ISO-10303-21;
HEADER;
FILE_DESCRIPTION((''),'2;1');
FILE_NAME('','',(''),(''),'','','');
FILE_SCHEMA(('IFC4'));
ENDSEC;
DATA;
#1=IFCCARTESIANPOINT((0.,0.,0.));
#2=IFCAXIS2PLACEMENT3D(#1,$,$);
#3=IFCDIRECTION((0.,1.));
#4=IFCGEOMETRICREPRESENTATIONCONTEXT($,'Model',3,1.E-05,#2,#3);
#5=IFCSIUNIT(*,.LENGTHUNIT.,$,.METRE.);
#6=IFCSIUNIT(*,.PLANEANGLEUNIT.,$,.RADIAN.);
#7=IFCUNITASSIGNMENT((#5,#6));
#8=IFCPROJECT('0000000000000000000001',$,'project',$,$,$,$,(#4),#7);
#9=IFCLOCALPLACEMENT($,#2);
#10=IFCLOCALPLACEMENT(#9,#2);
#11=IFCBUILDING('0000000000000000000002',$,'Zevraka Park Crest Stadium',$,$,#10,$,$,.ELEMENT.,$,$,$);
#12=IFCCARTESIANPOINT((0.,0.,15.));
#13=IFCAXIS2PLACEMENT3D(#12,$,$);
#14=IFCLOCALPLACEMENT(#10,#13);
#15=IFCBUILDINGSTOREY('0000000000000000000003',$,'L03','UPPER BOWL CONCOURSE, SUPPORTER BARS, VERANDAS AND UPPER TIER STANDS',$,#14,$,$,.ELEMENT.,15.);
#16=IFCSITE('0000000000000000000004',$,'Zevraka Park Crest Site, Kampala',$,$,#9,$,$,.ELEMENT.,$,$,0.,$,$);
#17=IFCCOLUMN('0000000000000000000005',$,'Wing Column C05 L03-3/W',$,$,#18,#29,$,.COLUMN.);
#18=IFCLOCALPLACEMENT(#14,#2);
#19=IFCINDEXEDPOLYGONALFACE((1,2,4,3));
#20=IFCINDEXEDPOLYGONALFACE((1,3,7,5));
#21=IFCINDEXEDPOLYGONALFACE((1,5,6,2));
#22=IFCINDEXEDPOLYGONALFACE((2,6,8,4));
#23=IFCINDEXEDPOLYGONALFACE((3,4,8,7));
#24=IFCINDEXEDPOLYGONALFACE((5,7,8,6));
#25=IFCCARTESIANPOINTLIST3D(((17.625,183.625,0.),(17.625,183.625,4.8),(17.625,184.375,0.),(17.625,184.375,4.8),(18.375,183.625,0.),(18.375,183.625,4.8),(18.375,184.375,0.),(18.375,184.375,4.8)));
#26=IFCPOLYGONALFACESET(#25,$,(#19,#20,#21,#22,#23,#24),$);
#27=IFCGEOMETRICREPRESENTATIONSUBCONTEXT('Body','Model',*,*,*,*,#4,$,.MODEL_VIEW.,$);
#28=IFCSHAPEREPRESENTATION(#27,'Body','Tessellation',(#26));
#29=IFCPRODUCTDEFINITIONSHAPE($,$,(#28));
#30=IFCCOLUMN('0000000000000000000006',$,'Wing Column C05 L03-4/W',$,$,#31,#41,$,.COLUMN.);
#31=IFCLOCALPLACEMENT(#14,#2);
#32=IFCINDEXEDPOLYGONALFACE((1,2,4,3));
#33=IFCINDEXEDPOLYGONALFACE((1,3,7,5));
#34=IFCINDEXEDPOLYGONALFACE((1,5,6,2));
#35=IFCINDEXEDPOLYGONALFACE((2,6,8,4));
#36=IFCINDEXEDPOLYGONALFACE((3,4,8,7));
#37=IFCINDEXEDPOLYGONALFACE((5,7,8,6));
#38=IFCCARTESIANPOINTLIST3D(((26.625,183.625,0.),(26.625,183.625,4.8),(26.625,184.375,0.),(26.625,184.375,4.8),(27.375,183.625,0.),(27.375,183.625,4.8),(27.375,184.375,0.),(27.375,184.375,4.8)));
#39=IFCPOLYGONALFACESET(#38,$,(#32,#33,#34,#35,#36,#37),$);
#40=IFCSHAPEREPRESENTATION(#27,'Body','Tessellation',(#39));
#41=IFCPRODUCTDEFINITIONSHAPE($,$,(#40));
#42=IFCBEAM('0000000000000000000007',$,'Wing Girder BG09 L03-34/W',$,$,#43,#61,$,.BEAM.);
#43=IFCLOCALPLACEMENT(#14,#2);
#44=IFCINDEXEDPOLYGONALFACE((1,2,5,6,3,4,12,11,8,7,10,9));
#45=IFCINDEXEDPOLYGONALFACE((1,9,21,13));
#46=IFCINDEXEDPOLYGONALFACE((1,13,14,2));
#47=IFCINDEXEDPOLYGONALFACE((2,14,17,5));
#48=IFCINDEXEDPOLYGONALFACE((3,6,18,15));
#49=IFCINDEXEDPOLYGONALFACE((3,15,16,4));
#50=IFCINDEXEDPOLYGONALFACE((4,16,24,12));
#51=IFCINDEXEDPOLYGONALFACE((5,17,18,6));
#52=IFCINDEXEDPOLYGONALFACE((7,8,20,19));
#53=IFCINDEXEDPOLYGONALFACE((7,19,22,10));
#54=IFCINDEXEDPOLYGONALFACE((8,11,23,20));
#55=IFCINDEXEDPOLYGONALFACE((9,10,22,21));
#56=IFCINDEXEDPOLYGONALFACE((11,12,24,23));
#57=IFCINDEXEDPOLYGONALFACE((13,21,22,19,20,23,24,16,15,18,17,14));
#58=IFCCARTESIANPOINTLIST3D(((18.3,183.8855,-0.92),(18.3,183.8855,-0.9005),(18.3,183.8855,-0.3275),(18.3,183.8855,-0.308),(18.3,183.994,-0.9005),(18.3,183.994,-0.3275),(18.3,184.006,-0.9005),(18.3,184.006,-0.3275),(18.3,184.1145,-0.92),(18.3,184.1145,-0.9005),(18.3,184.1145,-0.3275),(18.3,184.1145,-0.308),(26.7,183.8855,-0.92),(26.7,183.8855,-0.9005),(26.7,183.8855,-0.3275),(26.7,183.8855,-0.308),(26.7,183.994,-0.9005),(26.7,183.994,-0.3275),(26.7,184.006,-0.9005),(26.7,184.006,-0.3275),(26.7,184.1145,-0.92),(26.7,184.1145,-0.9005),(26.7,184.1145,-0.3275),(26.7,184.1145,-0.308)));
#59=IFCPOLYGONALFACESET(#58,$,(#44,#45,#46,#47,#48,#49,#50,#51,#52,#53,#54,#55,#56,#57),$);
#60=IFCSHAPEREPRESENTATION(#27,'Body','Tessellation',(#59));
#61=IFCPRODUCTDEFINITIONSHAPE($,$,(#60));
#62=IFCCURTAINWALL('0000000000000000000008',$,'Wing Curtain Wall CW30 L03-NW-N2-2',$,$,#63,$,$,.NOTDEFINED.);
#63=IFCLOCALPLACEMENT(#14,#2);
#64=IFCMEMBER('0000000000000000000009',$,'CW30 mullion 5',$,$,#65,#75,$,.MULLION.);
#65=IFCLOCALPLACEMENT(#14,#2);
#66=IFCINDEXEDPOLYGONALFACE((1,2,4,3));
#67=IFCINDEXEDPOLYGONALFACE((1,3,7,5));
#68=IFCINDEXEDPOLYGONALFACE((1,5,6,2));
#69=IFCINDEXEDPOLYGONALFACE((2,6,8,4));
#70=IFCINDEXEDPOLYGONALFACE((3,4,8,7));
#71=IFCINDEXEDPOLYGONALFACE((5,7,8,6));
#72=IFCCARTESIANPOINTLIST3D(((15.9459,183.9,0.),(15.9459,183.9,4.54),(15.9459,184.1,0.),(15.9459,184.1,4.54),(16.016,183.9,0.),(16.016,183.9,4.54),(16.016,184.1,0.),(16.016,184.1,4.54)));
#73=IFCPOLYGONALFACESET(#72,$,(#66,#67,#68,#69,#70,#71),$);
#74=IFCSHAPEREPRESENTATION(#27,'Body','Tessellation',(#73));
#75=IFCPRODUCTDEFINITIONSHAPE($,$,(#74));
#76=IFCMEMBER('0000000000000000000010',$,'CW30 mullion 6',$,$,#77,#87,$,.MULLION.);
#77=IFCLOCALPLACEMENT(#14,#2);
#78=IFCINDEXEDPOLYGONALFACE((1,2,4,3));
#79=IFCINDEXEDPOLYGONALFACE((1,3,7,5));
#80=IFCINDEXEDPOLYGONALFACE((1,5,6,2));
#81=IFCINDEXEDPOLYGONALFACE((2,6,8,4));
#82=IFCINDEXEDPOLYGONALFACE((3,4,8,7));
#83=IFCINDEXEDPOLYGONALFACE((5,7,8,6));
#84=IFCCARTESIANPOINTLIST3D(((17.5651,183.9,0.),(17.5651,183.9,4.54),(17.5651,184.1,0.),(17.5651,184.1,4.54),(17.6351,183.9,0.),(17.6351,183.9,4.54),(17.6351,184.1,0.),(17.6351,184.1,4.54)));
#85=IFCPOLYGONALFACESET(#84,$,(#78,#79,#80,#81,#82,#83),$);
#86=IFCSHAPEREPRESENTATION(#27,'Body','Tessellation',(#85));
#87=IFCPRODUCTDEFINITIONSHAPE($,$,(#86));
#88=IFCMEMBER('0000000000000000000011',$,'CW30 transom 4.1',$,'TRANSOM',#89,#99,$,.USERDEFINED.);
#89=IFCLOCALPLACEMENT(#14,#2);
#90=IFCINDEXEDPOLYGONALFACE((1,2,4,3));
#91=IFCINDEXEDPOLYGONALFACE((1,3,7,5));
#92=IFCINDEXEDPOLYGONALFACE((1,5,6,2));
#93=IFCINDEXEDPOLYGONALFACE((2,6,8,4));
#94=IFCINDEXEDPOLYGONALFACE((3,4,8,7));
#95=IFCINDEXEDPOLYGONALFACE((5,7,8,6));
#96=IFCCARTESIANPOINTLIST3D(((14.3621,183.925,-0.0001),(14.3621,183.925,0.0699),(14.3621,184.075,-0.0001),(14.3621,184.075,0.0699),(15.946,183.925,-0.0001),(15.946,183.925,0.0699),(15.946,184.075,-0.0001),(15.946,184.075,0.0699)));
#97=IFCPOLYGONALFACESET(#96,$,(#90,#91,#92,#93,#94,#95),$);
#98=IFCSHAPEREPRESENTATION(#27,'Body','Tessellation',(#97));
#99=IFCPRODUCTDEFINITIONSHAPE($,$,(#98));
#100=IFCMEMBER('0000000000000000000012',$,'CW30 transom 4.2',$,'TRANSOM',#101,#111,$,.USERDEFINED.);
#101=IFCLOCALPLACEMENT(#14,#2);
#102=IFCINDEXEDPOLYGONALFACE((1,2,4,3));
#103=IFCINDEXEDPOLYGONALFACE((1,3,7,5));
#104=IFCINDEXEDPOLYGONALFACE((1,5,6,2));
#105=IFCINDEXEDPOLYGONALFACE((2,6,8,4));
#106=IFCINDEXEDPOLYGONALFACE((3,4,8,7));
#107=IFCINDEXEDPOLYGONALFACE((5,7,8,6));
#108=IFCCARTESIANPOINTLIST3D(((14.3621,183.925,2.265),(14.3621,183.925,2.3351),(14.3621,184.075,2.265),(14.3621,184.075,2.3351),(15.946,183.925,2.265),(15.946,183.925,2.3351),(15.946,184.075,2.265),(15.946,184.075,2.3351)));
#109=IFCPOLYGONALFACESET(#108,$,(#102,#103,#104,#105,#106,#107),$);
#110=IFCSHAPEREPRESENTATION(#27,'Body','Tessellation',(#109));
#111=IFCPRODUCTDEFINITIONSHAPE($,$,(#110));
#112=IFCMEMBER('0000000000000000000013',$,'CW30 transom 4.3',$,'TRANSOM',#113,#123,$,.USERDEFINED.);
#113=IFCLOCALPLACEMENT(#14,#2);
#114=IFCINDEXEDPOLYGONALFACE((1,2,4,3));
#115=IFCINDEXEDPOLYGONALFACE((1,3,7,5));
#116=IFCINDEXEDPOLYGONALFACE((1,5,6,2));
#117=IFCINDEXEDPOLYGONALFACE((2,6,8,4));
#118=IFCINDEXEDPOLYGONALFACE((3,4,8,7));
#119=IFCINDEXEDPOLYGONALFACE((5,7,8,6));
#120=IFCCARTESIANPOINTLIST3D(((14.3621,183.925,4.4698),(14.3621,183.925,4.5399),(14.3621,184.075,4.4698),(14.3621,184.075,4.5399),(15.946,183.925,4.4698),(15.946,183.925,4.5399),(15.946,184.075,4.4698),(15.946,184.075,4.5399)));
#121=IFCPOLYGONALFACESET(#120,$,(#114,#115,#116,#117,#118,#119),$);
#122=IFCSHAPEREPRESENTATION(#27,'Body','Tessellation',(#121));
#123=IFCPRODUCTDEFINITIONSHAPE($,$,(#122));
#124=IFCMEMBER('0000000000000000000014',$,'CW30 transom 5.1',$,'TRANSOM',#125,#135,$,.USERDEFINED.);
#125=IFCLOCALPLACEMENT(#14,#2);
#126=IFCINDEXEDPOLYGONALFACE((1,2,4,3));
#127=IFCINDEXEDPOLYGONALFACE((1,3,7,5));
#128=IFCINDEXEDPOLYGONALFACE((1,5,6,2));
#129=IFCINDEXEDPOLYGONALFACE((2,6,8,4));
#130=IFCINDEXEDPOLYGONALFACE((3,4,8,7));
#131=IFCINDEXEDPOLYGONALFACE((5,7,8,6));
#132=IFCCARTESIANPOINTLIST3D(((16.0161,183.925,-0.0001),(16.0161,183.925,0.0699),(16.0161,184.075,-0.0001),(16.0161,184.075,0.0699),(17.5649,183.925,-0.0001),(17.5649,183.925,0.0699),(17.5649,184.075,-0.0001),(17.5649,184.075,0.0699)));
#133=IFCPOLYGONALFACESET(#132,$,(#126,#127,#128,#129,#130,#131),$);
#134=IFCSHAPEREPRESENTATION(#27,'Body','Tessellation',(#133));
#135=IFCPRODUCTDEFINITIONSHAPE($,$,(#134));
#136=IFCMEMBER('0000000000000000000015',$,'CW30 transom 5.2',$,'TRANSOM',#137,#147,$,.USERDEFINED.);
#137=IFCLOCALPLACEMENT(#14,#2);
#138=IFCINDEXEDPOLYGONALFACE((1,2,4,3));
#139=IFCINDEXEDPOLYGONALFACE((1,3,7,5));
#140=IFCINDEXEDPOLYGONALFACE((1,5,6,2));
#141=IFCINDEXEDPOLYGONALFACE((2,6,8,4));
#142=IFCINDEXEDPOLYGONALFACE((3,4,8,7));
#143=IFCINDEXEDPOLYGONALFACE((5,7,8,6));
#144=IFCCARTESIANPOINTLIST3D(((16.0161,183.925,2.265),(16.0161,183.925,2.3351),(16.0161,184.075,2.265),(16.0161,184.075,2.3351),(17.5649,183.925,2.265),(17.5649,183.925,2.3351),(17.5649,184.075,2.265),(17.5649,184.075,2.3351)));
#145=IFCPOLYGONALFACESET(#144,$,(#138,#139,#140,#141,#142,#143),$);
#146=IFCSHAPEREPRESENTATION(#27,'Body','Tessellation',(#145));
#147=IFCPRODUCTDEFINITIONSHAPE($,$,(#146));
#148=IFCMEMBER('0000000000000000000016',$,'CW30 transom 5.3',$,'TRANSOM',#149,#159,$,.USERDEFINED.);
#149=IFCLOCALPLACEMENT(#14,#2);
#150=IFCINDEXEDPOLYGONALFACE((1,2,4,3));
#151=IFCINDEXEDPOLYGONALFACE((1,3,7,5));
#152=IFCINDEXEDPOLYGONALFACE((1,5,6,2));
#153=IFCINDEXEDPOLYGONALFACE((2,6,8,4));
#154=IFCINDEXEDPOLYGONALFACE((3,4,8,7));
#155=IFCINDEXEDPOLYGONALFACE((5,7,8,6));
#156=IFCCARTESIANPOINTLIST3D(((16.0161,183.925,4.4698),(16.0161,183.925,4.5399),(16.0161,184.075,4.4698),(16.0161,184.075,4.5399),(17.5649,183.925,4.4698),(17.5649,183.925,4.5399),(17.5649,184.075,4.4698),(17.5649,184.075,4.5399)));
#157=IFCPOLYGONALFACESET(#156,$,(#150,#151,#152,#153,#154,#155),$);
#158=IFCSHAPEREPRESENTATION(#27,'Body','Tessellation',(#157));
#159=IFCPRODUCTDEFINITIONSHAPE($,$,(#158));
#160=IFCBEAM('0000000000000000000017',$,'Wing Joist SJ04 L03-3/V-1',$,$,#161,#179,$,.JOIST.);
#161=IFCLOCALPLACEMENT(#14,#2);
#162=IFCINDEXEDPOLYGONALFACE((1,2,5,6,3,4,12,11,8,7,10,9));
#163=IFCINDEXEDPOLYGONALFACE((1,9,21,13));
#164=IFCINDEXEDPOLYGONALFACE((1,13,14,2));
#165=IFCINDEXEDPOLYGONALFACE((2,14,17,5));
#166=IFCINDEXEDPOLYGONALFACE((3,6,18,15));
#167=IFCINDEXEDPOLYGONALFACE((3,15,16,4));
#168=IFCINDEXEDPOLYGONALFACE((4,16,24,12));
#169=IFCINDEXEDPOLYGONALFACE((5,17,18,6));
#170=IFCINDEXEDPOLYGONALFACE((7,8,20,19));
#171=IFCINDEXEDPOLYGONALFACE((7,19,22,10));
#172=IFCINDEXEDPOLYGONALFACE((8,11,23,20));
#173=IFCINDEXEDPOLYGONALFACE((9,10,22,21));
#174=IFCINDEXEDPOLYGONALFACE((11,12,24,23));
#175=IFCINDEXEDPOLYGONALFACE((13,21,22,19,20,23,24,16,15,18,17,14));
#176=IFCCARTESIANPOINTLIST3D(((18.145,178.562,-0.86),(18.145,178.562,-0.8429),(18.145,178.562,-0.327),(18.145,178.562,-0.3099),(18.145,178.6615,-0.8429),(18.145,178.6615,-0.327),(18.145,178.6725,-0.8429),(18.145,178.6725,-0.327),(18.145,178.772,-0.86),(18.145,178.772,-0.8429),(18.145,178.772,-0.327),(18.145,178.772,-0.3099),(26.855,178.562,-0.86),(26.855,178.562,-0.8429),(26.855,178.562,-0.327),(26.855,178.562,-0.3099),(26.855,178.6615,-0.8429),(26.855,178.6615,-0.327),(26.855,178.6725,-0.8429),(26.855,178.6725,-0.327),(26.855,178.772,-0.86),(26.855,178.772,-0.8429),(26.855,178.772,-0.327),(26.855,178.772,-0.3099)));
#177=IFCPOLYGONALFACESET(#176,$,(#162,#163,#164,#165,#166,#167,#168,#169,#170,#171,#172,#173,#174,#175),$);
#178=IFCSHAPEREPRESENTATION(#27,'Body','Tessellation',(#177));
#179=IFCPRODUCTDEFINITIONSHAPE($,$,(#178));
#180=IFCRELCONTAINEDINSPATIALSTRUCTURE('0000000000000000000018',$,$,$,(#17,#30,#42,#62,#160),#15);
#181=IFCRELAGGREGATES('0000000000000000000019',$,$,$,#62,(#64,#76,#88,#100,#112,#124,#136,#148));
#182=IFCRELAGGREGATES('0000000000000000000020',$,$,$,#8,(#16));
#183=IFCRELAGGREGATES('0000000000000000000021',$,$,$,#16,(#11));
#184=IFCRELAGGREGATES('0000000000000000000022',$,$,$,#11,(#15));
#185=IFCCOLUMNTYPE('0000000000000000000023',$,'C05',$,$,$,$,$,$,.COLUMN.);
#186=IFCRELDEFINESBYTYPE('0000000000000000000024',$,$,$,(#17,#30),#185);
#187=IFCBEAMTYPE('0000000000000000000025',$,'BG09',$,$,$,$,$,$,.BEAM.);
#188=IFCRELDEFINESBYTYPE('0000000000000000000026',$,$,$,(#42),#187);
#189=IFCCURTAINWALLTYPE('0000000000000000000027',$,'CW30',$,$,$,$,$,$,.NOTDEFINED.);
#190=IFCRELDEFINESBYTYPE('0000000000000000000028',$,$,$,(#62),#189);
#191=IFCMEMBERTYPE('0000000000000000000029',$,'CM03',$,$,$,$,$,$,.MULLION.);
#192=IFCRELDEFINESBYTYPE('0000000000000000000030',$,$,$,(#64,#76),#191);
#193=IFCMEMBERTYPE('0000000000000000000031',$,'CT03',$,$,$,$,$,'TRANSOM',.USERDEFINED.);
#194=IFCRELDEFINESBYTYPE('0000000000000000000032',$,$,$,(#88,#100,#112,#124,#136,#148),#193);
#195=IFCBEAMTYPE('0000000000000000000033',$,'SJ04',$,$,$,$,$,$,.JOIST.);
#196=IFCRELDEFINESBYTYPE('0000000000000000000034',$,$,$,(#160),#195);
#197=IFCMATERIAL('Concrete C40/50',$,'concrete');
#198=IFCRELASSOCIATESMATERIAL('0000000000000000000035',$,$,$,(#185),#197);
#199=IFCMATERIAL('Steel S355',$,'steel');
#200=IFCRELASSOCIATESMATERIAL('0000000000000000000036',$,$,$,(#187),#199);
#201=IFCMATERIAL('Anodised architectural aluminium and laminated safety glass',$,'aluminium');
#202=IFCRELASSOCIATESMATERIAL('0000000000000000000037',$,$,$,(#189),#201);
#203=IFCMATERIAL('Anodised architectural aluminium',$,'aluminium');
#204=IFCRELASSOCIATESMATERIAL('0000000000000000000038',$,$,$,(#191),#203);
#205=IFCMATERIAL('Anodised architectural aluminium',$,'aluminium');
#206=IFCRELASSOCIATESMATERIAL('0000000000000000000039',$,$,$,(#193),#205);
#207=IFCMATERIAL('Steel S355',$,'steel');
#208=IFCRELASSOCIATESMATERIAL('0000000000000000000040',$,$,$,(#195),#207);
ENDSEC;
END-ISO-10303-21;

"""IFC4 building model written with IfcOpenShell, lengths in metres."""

from ifc_helpers import new_model, si_unit, direction, frame, origin, origin_2d, place, context, subcontext, project, spatial, rectangle, i_section, extrude, material, material_profile, profile_set, type_object, element, aggregate, save


model = new_model("IFC4")

# Units and contexts
model_context = context("Model", 3, precision=1e-05, world=origin(), true_north=direction((0.0, 1.0)))
body_context = subcontext(model_context, "Body", "Model", "MODEL_VIEW")
ifc_project = project(units=[si_unit("LENGTHUNIT", "METRE"), si_unit("PLANEANGLEUNIT", "RADIAN")], contexts=[model_context])

# Site, building, storey
site_placement = place(None, origin())
site = spatial("IfcSite", under=ifc_project, at=site_placement, Name="Zevraka Park Crest Site, Kampala", CompositionType="ELEMENT", RefElevation=0.0)
building_placement = place(site_placement, origin())
building = spatial("IfcBuilding", under=site, at=building_placement, Name="Zevraka Park Crest Stadium", CompositionType="ELEMENT")
storey_placement = place(building_placement, frame((0.0, 0.0, 15.0)))
storey = spatial("IfcBuildingStorey", under=building, at=storey_placement, Name="L03", Description="UPPER BOWL CONCOURSE, SUPPORTER BARS, VERANDAS AND UPPER TIER STANDS", CompositionType="ELEMENT", Elevation=15.0)

# Columns
ifc_material_1 = material(Name="Concrete C40/50", Category="concrete")
ifc_material_profile_1 = material_profile(ifc_material_1, rectangle(XDim=0.75, YDim=0.75, at=origin_2d()), Name="RC 750x750")
ifc_profile_set_1 = profile_set([ifc_material_profile_1], Name="Concrete C40/50")
column_type = type_object("IfcColumnType", Name="C05", PredefinedType="COLUMN", material=ifc_profile_set_1)
for number, where, z_axis, x_axis, name in (
    (1, (18.0, 184.0, 0.0), (0.0, 0.0, 1.0), (1.0, 0.0, 0.0), "Wing Column C05 L03-3/W"),
    (2, (27.0, 184.0, 0.0), (0.0, 0.0, 1.0), (1.0, 0.0, 0.0), "Wing Column C05 L03-4/W"),
):
    element("IfcColumn", number, at=place(storey_placement, frame(where, z_axis=z_axis, x_axis=x_axis)), inside=storey, type_object=column_type, Name=name, PredefinedType="COLUMN", context=body_context, shape_type="SweptSolid", body=[
        extrude(rectangle(XDim=0.75, YDim=0.75, at=origin_2d()), origin(), (0.0, 0.0, 1.0), 4.8),
    ])

# Beam
ifc_material_2 = material(Name="Steel S355", Category="steel")
ifc_material_profile_2 = material_profile(ifc_material_2, i_section(OverallWidth=0.229, OverallDepth=0.6121, WebThickness=0.012, FlangeThickness=0.0195, at=origin_2d()), Name="UKB 610x229x125")
ifc_profile_set_2 = profile_set([ifc_material_profile_2], Name="Steel S355")
beam_type_1 = type_object("IfcBeamType", Name="BG09", PredefinedType="BEAM", material=ifc_profile_set_2)
beam_placement = place(storey_placement, frame((18.3, 184.0, -0.614), z_axis=(1.0, 0.0, 0.0), x_axis=(0.0, 1.0, 0.0)))
element("IfcBeam", 3, at=beam_placement, inside=storey, type_object=beam_type_1, Name="Wing Girder BG09 L03-34/W", PredefinedType="BEAM", context=body_context, shape_type="SweptSolid", body=[
    extrude(i_section(OverallWidth=0.229, OverallDepth=0.6121, WebThickness=0.012, FlangeThickness=0.0195, at=origin_2d()), origin(), (0.0, 0.0, 1.0), 8.3999),
])

# Curtain wall, members
ifc_material_3 = material(Name="Anodised architectural aluminium and laminated safety glass", Category="aluminium")
curtain_wall_type = type_object("IfcCurtainWallType", Name="CW30", PredefinedType="NOTDEFINED", material=ifc_material_3)
curtain_wall_placement = place(storey_placement, origin())
curtain_wall = element("IfcCurtainWall", 4, at=curtain_wall_placement, inside=storey, type_object=curtain_wall_type, Name="Wing Curtain Wall CW30 L03-NW-N2-2", PredefinedType="NOTDEFINED")
ifc_material_4 = material(Name="Anodised architectural aluminium", Category="aluminium")
ifc_material_profile_3 = material_profile(ifc_material_4, rectangle(XDim=0.2, YDim=0.0701, at=origin_2d()), Name="ALU MULLION 200x70")
ifc_profile_set_3 = profile_set([ifc_material_profile_3], Name="Anodised architectural aluminium")
member_type_1 = type_object("IfcMemberType", Name="CM03", PredefinedType="MULLION", material=ifc_profile_set_3)
member_1_placement = place(storey_placement, frame((15.981, 184.0, 0.0), z_axis=(0.0, 0.0, 1.0), x_axis=(0.0, 1.0, 0.0)))
member_1 = element("IfcMember", 5, at=member_1_placement, type_object=member_type_1, Name="CW30 mullion 5", PredefinedType="MULLION", context=body_context, shape_type="SweptSolid", body=[
    extrude(rectangle(XDim=0.2, YDim=0.0701, at=origin_2d()), origin(), (0.0, 0.0, 1.0), 4.54),
])
member_2_placement = place(storey_placement, frame((17.6001, 184.0, 0.0), z_axis=(0.0, 0.0, 1.0), x_axis=(0.0, 1.0, 0.0)))
member_2 = element("IfcMember", 6, at=member_2_placement, type_object=member_type_1, Name="CW30 mullion 6", PredefinedType="MULLION", context=body_context, shape_type="SweptSolid", body=[
    extrude(rectangle(XDim=0.2, YDim=0.0701, at=origin_2d()), origin(), (0.0, 0.0, 1.0), 4.54),
])
ifc_material_5 = material(Name="Anodised architectural aluminium", Category="aluminium")
ifc_material_profile_4 = material_profile(ifc_material_5, rectangle(XDim=0.1499, YDim=0.0701, at=origin_2d()), Name="ALU TRANSOM 150x70")
ifc_profile_set_4 = profile_set([ifc_material_profile_4], Name="Anodised architectural aluminium")
member_type_2 = type_object("IfcMemberType", Name="CT03", ElementType="TRANSOM", PredefinedType="USERDEFINED", material=ifc_profile_set_4)
member_3_placement = place(storey_placement, frame((14.3621, 184.0, 0.0349), z_axis=(1.0, 0.0, 0.0), x_axis=(0.0, 1.0, 0.0)))
member_3 = element("IfcMember", 7, at=member_3_placement, type_object=member_type_2, Name="CW30 transom 4.1", ObjectType="TRANSOM", PredefinedType="USERDEFINED", context=body_context, shape_type="SweptSolid", body=[
    extrude(rectangle(XDim=0.1499, YDim=0.0701, at=origin_2d()), origin(), (0.0, 0.0, 1.0), 1.584),
])
member_4_placement = place(storey_placement, frame((14.3621, 184.0, 2.3), z_axis=(1.0, 0.0, 0.0), x_axis=(0.0, 1.0, 0.0)))
member_4 = element("IfcMember", 8, at=member_4_placement, type_object=member_type_2, Name="CW30 transom 4.2", ObjectType="TRANSOM", PredefinedType="USERDEFINED", context=body_context, shape_type="SweptSolid", body=[
    extrude(rectangle(XDim=0.1499, YDim=0.0701, at=origin_2d()), origin(), (0.0, 0.0, 1.0), 1.584),
])
member_5_placement = place(storey_placement, frame((14.3621, 184.0, 4.5049), z_axis=(1.0, 0.0, 0.0), x_axis=(0.0, 1.0, 0.0)))
member_5 = element("IfcMember", 9, at=member_5_placement, type_object=member_type_2, Name="CW30 transom 4.3", ObjectType="TRANSOM", PredefinedType="USERDEFINED", context=body_context, shape_type="SweptSolid", body=[
    extrude(rectangle(XDim=0.1499, YDim=0.0701, at=origin_2d()), origin(), (0.0, 0.0, 1.0), 1.584),
])
member_6_placement = place(storey_placement, frame((16.0161, 184.0, 0.0349), z_axis=(1.0, 0.0, 0.0), x_axis=(0.0, 1.0, 0.0)))
member_6 = element("IfcMember", 10, at=member_6_placement, type_object=member_type_2, Name="CW30 transom 5.1", ObjectType="TRANSOM", PredefinedType="USERDEFINED", context=body_context, shape_type="SweptSolid", body=[
    extrude(rectangle(XDim=0.1499, YDim=0.0701, at=origin_2d()), origin(), (0.0, 0.0, 1.0), 1.5488),
])
member_7_placement = place(storey_placement, frame((16.0161, 184.0, 2.3), z_axis=(1.0, 0.0, 0.0), x_axis=(0.0, 1.0, 0.0)))
member_7 = element("IfcMember", 11, at=member_7_placement, type_object=member_type_2, Name="CW30 transom 5.2", ObjectType="TRANSOM", PredefinedType="USERDEFINED", context=body_context, shape_type="SweptSolid", body=[
    extrude(rectangle(XDim=0.1499, YDim=0.0701, at=origin_2d()), origin(), (0.0, 0.0, 1.0), 1.5488),
])
member_8_placement = place(storey_placement, frame((16.0161, 184.0, 4.5049), z_axis=(1.0, 0.0, 0.0), x_axis=(0.0, 1.0, 0.0)))
member_8 = element("IfcMember", 12, at=member_8_placement, type_object=member_type_2, Name="CW30 transom 5.3", ObjectType="TRANSOM", PredefinedType="USERDEFINED", context=body_context, shape_type="SweptSolid", body=[
    extrude(rectangle(XDim=0.1499, YDim=0.0701, at=origin_2d()), origin(), (0.0, 0.0, 1.0), 1.5488),
])

# Beam
ifc_material_6 = material(Name="Steel S355", Category="steel")
ifc_material_profile_5 = material_profile(ifc_material_6, i_section(OverallWidth=0.21, OverallDepth=0.55, WebThickness=0.011, FlangeThickness=0.0171, at=origin_2d()), Name="IPE 550")
ifc_profile_set_5 = profile_set([ifc_material_profile_5], Name="Steel S355")
beam_type_2 = type_object("IfcBeamType", Name="SJ04", PredefinedType="JOIST", material=ifc_profile_set_5)
for number, where, z_axis, x_axis, name in (
    (13, (18.145, 178.667, -0.585), (1.0, 0.0, 0.0), (0.0, 1.0, 0.0), "Wing Joist SJ04 L03-3/V-1"),
):
    element("IfcBeam", number, at=place(storey_placement, frame(where, z_axis=z_axis, x_axis=x_axis)), inside=storey, type_object=beam_type_2, Name=name, PredefinedType="JOIST", context=body_context, shape_type="SweptSolid", body=[
        extrude(i_section(OverallWidth=0.21, OverallDepth=0.55, WebThickness=0.011, FlangeThickness=0.0171, at=origin_2d()), origin(), (0.0, 0.0, 1.0), 8.71),
    ])

aggregate(curtain_wall, [member_1, member_2, member_3, member_4, member_5, member_6, member_7, member_8])

save(model, "model.ifc")
